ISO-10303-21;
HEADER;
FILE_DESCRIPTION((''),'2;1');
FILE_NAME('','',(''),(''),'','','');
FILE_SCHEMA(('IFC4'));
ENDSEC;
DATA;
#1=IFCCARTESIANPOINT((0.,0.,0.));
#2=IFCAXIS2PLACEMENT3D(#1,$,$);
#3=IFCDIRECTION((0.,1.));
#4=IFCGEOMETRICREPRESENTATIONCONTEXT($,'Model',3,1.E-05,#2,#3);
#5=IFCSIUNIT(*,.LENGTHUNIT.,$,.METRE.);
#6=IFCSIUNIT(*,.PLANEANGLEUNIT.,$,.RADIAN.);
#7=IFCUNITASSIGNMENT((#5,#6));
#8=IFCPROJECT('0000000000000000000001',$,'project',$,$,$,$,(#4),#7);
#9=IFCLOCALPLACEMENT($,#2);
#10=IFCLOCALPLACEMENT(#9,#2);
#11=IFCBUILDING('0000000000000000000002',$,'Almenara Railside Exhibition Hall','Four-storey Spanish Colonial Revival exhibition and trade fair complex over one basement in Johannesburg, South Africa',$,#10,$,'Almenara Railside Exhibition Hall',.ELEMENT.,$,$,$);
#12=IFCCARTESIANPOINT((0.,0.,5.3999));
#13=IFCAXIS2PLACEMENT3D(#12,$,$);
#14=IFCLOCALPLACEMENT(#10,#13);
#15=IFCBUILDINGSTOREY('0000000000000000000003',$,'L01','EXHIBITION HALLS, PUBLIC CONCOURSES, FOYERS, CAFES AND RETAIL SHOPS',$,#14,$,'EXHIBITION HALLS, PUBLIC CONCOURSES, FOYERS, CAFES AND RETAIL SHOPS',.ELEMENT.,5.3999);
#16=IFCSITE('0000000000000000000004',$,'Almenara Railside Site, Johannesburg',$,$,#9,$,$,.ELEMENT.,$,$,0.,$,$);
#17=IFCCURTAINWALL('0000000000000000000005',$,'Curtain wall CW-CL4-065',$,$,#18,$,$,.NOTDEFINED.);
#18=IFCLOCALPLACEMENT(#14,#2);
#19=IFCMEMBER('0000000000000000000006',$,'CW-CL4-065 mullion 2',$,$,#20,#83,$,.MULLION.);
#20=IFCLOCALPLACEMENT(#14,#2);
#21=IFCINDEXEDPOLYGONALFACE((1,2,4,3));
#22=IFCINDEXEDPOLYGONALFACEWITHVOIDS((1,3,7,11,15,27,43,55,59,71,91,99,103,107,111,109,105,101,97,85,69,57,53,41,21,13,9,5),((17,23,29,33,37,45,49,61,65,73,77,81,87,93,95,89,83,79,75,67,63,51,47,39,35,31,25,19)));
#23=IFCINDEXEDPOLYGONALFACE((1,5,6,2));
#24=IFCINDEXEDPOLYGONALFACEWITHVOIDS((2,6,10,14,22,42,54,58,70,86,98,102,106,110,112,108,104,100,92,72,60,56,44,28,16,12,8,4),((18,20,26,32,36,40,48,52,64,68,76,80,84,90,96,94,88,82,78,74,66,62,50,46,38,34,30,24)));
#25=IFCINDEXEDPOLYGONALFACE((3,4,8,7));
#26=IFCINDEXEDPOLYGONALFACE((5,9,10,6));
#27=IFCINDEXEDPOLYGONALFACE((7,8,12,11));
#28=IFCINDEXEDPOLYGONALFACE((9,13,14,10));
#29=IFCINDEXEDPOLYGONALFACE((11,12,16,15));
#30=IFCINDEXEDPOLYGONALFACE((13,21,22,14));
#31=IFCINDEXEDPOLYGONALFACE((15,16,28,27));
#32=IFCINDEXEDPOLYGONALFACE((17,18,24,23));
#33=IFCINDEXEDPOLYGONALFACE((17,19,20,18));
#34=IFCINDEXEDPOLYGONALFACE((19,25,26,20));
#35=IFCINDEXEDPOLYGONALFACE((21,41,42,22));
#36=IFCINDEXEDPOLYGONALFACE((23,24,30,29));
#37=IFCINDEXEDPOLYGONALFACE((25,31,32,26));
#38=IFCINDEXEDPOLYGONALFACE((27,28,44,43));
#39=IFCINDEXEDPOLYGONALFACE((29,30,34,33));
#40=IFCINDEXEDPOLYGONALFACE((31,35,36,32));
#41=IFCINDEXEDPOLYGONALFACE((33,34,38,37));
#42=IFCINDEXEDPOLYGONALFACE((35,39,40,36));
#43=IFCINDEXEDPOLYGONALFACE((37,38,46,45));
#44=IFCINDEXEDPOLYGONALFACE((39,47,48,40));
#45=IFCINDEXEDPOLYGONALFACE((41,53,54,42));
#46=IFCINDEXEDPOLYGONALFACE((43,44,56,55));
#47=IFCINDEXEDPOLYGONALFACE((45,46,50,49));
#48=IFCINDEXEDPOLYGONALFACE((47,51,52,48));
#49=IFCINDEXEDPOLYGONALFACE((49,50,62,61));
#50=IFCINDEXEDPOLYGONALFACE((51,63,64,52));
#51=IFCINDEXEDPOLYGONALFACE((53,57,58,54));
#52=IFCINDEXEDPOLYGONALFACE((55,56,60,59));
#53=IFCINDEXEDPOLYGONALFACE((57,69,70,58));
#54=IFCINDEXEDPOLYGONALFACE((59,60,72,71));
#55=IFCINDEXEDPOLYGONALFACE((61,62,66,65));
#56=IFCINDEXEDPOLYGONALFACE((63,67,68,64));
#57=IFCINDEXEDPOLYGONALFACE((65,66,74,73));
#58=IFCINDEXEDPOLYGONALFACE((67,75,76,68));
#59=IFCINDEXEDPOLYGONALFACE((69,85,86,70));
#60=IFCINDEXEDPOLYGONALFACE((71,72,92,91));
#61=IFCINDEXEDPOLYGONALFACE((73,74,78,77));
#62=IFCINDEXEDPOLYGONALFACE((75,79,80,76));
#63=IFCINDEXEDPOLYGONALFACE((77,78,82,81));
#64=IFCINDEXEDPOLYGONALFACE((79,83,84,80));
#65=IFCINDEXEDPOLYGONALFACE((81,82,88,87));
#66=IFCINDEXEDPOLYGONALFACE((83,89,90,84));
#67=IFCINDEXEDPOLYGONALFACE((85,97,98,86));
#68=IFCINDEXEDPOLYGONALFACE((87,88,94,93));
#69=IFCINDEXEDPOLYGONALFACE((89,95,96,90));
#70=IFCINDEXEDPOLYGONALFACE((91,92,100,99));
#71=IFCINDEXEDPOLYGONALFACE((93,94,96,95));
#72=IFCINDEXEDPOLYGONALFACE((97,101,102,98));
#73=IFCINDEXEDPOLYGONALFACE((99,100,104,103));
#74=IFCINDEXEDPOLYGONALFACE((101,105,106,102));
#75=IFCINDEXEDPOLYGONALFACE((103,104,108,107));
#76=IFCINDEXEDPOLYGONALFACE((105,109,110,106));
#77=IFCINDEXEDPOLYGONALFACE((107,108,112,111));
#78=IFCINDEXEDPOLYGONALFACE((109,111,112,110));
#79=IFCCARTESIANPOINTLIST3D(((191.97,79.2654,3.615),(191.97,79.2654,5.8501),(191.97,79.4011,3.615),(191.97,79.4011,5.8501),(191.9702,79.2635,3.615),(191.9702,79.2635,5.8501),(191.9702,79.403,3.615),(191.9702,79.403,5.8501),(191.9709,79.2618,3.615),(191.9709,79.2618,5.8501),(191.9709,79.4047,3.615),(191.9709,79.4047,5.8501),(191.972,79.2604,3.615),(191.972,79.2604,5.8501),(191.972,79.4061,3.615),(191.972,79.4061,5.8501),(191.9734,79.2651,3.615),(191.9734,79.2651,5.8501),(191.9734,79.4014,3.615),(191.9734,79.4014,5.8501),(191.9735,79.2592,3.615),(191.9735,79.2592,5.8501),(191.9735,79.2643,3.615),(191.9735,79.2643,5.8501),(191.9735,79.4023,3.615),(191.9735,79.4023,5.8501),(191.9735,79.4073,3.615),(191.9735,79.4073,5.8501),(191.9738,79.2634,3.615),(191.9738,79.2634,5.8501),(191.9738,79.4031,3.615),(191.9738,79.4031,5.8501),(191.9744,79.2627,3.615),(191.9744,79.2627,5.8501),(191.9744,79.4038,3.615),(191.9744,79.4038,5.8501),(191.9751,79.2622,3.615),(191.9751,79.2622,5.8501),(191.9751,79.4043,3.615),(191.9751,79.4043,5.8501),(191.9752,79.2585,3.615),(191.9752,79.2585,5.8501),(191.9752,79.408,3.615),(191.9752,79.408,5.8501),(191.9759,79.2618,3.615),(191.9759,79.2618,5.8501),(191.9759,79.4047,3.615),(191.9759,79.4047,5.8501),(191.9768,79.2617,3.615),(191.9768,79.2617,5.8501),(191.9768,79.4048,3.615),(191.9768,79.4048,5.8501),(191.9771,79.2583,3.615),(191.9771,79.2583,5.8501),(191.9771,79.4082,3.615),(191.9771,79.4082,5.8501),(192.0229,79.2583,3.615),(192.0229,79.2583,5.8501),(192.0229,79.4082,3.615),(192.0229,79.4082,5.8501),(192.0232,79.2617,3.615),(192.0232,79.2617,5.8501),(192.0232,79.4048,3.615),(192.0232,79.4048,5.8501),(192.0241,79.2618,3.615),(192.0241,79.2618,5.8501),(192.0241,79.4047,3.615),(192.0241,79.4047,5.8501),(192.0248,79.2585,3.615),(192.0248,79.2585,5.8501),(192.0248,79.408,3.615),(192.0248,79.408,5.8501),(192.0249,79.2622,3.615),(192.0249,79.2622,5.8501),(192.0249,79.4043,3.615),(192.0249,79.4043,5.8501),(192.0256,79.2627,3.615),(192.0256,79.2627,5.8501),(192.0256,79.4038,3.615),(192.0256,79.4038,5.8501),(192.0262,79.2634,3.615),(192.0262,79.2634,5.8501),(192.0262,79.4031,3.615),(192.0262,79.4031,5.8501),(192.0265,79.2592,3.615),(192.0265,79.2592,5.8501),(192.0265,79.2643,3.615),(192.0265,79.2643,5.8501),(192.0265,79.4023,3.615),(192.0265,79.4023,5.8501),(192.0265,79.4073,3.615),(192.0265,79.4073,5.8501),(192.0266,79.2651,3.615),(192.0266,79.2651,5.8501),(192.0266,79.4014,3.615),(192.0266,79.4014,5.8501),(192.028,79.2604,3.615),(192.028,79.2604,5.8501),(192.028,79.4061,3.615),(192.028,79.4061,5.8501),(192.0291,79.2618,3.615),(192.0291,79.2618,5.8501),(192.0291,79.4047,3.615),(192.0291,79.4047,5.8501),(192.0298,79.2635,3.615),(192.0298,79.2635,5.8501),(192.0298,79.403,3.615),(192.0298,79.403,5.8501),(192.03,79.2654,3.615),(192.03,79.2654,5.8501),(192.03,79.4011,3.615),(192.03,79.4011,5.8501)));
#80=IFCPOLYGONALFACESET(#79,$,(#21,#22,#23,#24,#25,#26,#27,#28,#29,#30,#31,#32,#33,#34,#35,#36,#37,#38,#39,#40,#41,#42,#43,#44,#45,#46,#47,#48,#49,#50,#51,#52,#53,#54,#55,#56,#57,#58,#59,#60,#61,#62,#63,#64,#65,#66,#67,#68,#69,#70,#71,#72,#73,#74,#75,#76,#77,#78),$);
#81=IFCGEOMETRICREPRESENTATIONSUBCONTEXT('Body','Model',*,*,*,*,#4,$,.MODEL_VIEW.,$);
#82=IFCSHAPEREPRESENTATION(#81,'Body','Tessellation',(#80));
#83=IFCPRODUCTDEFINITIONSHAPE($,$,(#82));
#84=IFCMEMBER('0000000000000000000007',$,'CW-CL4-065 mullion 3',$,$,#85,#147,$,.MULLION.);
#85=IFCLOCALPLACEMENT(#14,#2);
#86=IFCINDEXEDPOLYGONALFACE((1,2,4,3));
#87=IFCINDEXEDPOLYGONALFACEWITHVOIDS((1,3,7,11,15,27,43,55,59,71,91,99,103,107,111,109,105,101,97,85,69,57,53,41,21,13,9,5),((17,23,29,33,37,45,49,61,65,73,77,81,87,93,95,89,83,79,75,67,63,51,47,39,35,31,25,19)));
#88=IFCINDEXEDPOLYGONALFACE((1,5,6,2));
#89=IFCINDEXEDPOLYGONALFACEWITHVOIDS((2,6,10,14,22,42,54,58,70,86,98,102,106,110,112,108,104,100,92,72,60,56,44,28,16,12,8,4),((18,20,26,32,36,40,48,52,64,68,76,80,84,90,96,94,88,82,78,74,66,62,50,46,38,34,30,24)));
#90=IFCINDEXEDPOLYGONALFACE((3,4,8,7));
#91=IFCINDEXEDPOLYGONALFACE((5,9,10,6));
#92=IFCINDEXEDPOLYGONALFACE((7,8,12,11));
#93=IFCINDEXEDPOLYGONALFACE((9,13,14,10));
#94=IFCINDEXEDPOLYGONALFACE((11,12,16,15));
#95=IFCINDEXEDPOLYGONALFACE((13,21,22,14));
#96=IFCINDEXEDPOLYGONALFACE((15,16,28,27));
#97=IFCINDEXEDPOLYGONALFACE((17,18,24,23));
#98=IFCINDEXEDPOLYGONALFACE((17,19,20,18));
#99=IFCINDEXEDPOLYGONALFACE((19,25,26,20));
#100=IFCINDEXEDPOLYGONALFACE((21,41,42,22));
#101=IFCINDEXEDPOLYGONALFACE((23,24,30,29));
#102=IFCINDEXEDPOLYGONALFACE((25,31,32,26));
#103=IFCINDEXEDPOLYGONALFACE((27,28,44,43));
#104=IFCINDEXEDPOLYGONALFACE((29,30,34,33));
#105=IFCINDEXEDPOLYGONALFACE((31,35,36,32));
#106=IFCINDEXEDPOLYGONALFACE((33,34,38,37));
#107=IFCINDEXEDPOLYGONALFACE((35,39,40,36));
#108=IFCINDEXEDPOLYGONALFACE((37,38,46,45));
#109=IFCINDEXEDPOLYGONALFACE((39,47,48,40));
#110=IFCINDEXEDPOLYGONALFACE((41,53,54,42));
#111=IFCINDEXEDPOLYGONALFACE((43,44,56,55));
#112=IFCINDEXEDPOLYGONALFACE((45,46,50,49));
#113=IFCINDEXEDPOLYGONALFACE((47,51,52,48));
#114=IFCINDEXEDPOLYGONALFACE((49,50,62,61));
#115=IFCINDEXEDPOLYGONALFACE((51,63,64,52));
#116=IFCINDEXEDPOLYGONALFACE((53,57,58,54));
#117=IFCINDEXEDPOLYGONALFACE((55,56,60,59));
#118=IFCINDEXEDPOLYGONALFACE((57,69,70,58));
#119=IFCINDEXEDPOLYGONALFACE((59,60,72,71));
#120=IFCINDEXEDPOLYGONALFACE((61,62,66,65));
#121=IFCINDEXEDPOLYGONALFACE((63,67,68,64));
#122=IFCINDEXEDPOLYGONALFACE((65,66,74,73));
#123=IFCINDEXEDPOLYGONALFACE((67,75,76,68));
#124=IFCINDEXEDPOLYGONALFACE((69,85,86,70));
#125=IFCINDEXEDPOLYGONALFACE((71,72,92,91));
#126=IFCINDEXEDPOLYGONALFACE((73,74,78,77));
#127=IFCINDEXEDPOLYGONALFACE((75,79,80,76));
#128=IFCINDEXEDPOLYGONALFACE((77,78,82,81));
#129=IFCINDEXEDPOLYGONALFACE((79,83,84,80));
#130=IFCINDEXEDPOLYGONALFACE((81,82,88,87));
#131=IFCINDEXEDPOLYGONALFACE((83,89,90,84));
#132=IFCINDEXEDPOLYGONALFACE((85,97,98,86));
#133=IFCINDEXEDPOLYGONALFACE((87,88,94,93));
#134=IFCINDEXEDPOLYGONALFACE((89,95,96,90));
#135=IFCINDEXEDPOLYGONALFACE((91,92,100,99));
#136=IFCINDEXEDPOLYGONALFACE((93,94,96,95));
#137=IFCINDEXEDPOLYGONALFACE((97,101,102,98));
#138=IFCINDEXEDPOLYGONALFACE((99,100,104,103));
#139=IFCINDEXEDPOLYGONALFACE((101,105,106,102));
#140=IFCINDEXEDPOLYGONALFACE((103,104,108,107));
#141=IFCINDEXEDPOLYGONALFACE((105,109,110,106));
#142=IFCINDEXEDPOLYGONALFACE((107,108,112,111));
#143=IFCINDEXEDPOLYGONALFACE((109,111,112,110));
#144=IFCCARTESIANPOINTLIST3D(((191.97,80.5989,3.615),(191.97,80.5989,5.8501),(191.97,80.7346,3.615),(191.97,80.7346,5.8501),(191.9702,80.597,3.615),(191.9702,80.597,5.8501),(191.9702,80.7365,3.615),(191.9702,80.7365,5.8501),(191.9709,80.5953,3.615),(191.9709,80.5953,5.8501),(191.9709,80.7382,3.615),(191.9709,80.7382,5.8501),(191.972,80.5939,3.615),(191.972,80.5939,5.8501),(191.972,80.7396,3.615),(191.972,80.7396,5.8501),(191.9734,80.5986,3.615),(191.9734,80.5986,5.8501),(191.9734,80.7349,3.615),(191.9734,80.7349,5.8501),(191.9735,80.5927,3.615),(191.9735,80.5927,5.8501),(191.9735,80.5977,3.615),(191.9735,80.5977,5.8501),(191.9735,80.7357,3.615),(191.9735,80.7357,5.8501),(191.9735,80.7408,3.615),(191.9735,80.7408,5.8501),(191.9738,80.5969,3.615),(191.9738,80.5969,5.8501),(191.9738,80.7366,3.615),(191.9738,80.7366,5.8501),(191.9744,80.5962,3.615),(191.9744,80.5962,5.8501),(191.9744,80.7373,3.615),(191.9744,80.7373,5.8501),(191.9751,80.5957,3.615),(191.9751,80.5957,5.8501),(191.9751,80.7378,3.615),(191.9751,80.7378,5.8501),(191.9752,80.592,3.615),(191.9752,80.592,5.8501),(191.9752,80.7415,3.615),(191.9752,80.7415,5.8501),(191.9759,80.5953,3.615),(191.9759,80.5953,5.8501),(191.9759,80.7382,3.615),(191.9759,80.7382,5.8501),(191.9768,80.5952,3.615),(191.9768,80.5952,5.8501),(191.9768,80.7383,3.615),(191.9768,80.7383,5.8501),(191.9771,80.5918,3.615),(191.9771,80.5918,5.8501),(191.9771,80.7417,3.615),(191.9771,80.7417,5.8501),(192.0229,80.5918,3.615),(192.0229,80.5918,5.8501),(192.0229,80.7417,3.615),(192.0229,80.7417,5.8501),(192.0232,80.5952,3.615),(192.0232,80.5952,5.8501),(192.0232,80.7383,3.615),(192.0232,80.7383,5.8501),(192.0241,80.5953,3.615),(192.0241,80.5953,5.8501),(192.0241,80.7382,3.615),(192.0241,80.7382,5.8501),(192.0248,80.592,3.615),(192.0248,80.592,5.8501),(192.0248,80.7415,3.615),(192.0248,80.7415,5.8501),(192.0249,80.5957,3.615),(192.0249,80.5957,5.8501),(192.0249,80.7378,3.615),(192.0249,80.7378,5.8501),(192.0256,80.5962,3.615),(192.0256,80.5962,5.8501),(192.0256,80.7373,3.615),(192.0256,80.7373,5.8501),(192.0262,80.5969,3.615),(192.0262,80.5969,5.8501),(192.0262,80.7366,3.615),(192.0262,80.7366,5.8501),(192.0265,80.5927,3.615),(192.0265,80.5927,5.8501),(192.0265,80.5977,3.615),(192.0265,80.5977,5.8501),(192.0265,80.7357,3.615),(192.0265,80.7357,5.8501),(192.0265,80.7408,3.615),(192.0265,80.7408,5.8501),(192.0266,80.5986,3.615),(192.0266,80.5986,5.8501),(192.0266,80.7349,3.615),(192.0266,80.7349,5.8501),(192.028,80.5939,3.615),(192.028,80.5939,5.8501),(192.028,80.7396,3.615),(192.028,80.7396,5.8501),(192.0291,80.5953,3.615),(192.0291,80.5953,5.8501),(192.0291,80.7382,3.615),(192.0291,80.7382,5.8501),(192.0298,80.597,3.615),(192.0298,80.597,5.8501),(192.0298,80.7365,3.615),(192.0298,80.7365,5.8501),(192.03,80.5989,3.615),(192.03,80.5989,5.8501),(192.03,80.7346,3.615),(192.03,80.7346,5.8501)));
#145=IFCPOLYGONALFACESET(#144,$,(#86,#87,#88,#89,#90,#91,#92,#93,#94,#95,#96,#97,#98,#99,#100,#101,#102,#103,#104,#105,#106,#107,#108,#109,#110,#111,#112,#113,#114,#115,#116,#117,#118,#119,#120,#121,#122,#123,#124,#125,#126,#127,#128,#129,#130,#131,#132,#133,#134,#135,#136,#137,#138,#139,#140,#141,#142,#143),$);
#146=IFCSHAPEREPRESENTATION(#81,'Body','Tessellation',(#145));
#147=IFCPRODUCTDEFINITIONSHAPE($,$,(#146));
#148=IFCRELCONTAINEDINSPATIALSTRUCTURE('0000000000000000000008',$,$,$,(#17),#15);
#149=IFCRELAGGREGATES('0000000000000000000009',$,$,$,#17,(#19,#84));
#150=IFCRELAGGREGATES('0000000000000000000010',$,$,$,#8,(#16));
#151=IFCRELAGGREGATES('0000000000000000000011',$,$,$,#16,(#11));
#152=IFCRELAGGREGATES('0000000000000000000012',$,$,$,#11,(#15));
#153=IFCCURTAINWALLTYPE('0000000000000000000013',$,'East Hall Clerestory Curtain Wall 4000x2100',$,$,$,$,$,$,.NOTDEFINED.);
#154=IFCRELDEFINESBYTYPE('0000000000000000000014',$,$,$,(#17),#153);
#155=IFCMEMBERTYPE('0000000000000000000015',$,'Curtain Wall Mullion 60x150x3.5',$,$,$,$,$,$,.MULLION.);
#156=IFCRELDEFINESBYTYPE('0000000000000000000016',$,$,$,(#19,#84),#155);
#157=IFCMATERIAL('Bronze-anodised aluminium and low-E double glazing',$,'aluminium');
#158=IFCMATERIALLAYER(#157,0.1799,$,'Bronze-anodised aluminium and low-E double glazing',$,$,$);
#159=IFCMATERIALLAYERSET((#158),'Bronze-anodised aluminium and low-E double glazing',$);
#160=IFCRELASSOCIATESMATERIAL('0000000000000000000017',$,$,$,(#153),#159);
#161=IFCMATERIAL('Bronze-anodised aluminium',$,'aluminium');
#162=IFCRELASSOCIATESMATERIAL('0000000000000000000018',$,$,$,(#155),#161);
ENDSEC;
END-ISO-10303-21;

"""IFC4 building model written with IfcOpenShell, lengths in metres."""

from ifc_helpers import new_model, si_unit, direction, frame, origin, origin_2d, place, context, subcontext, project, spatial, hollow_rectangle, extrude, material, layer, layer_set, material_profile, profile_set, type_object, element, aggregate, save


model = new_model("IFC4")

# Units and contexts
model_context = context("Model", 3, precision=1e-05, world=origin(), true_north=direction((0.0, 1.0)))
body_context = subcontext(model_context, "Body", "Model", "MODEL_VIEW")
ifc_project = project(units=[si_unit("LENGTHUNIT", "METRE"), si_unit("PLANEANGLEUNIT", "RADIAN")], contexts=[model_context])

# Site, building, storey
site_placement = place(None, origin())
site = spatial("IfcSite", under=ifc_project, at=site_placement, Name="Almenara Railside Site, Johannesburg", CompositionType="ELEMENT", RefElevation=0.0)
building_placement = place(site_placement, origin())
building = spatial("IfcBuilding", under=site, at=building_placement, Name="Almenara Railside Exhibition Hall", Description="Four-storey Spanish Colonial Revival exhibition and trade fair complex over one basement in Johannesburg, South Africa", LongName="Almenara Railside Exhibition Hall", CompositionType="ELEMENT")
storey_placement = place(building_placement, frame((0.0, 0.0, 5.3999)))
storey = spatial("IfcBuildingStorey", under=building, at=storey_placement, Name="L01", Description="EXHIBITION HALLS, PUBLIC CONCOURSES, FOYERS, CAFES AND RETAIL SHOPS", LongName="EXHIBITION HALLS, PUBLIC CONCOURSES, FOYERS, CAFES AND RETAIL SHOPS", CompositionType="ELEMENT", Elevation=5.3999)

# Shared definitions
ifc_material_1 = material(Name="Bronze-anodised aluminium and low-E double glazing", Category="aluminium")
ifc_layer_1 = layer(ifc_material_1, 0.1799, Name="Bronze-anodised aluminium and low-E double glazing")
ifc_layer_set_1 = layer_set([ifc_layer_1], Name="Bronze-anodised aluminium and low-E double glazing")
curtain_wall_type = type_object("IfcCurtainWallType", Name="East Hall Clerestory Curtain Wall 4000x2100", PredefinedType="NOTDEFINED", material=ifc_layer_set_1)
ifc_material_2 = material(Name="Bronze-anodised aluminium", Category="aluminium")

# Curtain wall, members
curtain_wall_1_placement = place(storey_placement, origin())
curtain_wall_1 = element("IfcCurtainWall", 1, at=curtain_wall_1_placement, inside=storey, type_object=curtain_wall_type, Name="Curtain wall CW-CL4-065", PredefinedType="NOTDEFINED")
ifc_material_profile_1 = material_profile(ifc_material_2, hollow_rectangle(XDim=0.0601, YDim=0.1499, WallThickness=0.0034, InnerFilletRadius=0.0034, OuterFilletRadius=0.0071, at=origin_2d()), Name="ALU-MUL 60x150x3.5")
ifc_profile_set_1 = profile_set([ifc_material_profile_1], Name="Bronze-anodised aluminium")
member_type_1 = type_object("IfcMemberType", Name="Curtain Wall Mullion 60x150x3.5", PredefinedType="MULLION", material=ifc_profile_set_1)
member_1_placement = place(storey_placement, frame((192.0, 79.3333, 3.615), z_axis=(0.0, 0.0, 1.0), x_axis=(-1.0, 0.0, 0.0)))
member_1 = element("IfcMember", 2, at=member_1_placement, type_object=member_type_1, Name="CW-CL4-065 mullion 2", PredefinedType="MULLION", context=body_context, shape_type="SweptSolid", body=[
    extrude(hollow_rectangle(XDim=0.0601, YDim=0.1499, WallThickness=0.0034, InnerFilletRadius=0.0034, OuterFilletRadius=0.0071, at=origin_2d()), origin(), (0.0, 0.0, 1.0), 2.2351),
])
member_2_placement = place(storey_placement, frame((192.0, 80.6667, 3.615), z_axis=(0.0, 0.0, 1.0), x_axis=(-1.0, 0.0, 0.0)))
member_2 = element("IfcMember", 3, at=member_2_placement, type_object=member_type_1, Name="CW-CL4-065 mullion 3", PredefinedType="MULLION", context=body_context, shape_type="SweptSolid", body=[
    extrude(hollow_rectangle(XDim=0.0601, YDim=0.1499, WallThickness=0.0034, InnerFilletRadius=0.0034, OuterFilletRadius=0.0071, at=origin_2d()), origin(), (0.0, 0.0, 1.0), 2.2351),
])

aggregate(curtain_wall_1, [member_1, member_2])

save(model, "model.ifc")
